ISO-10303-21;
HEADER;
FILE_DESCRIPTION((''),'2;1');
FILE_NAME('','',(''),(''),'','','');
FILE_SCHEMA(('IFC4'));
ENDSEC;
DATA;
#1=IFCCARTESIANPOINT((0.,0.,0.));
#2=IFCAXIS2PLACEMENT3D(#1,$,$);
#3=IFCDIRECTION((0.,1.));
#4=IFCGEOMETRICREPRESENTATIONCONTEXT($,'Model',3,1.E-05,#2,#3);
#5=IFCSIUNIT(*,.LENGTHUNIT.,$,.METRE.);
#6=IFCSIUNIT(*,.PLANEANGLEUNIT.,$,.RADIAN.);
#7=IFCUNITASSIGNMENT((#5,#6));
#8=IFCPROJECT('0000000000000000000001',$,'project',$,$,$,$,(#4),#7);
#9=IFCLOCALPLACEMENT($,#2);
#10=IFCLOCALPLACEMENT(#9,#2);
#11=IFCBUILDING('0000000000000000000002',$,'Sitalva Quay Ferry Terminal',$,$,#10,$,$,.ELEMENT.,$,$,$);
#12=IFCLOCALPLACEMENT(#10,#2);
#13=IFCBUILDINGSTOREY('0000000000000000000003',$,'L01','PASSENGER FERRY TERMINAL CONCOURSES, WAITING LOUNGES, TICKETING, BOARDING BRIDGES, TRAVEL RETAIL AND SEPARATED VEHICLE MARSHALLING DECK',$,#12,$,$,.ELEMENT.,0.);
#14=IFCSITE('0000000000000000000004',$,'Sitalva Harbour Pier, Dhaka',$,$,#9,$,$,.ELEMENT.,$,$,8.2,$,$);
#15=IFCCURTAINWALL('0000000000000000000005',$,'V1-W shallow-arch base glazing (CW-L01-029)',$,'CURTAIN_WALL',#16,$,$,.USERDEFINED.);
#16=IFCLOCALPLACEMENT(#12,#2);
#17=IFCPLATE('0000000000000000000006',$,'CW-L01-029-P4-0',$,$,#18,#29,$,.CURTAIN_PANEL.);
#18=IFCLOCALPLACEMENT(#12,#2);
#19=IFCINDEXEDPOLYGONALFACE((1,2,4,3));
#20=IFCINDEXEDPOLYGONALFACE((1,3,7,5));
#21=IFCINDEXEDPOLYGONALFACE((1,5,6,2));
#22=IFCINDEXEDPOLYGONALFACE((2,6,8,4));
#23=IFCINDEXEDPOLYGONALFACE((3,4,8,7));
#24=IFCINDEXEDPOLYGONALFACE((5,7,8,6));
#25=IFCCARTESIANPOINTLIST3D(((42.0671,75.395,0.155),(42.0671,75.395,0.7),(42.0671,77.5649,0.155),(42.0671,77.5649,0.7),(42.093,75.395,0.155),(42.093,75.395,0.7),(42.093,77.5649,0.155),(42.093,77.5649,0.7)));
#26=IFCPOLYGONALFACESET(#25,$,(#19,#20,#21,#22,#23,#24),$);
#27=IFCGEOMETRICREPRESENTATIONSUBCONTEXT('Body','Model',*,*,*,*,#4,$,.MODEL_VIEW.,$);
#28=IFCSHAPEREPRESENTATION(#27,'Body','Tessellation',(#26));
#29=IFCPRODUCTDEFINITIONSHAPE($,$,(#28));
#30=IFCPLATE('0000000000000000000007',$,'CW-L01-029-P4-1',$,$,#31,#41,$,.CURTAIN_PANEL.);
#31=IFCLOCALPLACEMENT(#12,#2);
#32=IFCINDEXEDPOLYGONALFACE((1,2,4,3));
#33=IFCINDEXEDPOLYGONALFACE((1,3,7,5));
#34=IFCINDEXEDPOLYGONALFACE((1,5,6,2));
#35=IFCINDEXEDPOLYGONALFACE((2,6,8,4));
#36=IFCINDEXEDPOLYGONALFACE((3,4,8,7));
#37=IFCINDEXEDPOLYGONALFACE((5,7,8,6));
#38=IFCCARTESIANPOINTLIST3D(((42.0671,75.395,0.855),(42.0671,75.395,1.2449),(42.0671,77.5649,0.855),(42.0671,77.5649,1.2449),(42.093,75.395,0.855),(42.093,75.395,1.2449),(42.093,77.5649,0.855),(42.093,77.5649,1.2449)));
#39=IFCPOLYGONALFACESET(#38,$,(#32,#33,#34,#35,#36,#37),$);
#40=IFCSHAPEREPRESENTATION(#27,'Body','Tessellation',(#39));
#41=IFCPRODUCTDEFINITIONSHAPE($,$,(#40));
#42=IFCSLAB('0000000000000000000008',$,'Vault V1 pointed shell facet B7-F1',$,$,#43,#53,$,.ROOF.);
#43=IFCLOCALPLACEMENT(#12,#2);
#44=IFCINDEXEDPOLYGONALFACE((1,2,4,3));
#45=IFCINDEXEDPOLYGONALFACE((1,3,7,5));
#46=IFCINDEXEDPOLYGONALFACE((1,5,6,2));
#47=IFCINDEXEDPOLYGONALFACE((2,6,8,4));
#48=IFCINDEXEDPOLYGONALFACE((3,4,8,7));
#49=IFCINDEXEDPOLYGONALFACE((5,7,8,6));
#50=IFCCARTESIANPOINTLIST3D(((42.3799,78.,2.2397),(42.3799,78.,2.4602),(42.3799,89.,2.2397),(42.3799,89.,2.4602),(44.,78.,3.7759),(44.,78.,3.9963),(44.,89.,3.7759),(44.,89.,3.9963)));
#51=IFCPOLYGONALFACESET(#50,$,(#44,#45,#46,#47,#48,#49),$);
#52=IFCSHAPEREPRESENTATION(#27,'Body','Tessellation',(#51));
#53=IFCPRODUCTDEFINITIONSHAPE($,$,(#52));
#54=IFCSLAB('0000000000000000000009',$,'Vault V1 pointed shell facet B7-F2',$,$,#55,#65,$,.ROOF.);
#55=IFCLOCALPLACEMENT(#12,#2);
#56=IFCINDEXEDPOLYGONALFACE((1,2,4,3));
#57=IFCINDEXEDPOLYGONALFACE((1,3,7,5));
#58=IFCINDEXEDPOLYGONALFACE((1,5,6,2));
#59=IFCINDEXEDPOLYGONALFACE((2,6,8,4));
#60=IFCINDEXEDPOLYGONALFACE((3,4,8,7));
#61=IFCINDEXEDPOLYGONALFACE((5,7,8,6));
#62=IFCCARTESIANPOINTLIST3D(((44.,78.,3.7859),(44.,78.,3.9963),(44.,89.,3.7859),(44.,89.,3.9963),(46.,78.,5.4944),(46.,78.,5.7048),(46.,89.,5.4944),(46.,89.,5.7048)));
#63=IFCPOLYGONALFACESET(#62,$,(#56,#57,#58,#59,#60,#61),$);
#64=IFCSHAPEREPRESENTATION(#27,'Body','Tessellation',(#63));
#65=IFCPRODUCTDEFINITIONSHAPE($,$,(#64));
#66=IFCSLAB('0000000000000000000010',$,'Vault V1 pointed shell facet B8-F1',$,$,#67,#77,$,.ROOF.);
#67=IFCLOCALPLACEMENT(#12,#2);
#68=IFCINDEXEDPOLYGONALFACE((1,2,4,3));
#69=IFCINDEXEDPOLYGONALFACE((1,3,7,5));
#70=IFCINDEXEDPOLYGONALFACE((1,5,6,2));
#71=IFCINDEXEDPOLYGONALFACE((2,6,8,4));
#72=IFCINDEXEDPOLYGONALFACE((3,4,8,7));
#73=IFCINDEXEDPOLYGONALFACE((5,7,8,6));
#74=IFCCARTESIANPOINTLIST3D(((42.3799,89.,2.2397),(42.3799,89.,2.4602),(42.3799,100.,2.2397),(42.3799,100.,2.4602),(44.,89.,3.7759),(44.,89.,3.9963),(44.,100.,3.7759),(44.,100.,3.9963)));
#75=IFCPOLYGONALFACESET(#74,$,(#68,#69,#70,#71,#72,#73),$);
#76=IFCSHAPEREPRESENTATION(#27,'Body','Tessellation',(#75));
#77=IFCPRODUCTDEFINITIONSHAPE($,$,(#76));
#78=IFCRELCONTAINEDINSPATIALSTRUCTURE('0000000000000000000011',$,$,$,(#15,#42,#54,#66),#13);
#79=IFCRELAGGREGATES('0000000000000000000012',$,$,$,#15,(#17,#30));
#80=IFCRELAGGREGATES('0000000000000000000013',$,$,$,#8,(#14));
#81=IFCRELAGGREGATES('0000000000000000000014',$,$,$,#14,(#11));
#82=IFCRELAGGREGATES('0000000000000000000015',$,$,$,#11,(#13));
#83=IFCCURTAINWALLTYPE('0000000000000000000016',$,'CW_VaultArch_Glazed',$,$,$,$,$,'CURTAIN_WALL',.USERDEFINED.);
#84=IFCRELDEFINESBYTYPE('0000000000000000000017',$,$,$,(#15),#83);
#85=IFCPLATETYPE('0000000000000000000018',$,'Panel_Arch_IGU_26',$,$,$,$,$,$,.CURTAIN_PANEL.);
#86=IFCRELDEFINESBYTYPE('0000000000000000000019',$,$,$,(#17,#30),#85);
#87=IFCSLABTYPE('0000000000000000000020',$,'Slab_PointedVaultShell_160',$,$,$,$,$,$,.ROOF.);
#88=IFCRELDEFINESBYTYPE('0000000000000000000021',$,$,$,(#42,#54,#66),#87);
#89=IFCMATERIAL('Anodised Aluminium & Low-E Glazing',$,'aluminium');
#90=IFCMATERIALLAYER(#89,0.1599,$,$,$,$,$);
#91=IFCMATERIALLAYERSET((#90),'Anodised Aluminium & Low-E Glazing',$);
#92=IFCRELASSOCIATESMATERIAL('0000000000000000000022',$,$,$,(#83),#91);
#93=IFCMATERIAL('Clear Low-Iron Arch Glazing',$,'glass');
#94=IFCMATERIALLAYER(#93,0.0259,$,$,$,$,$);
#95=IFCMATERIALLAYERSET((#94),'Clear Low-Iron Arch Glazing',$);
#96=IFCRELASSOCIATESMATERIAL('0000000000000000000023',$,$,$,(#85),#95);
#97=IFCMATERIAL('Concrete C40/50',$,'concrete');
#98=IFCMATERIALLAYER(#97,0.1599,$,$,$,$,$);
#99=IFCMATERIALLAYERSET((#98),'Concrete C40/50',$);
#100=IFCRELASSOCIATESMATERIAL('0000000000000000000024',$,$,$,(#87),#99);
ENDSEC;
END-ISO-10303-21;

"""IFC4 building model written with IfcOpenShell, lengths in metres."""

from ifc_helpers import new_model, si_unit, direction, frame, origin, origin_2d, place, context, subcontext, project, spatial, polyline, rectangle, outline, extrude, material, layer, layer_set, type_object, element, aggregate, save


model = new_model("IFC4")

# Units and contexts
model_context = context("Model", 3, precision=1e-05, world=origin(), true_north=direction((0.0, 1.0)))
body_context = subcontext(model_context, "Body", "Model", "MODEL_VIEW")
ifc_project = project(units=[si_unit("LENGTHUNIT", "METRE"), si_unit("PLANEANGLEUNIT", "RADIAN")], contexts=[model_context])

# Site, building, storey
site_placement = place(None, origin())
site = spatial("IfcSite", under=ifc_project, at=site_placement, Name="Sitalva Harbour Pier, Dhaka", CompositionType="ELEMENT", RefElevation=8.2)
building_placement = place(site_placement, origin())
building = spatial("IfcBuilding", under=site, at=building_placement, Name="Sitalva Quay Ferry Terminal", CompositionType="ELEMENT")
storey_placement = place(building_placement, origin())
storey = spatial("IfcBuildingStorey", under=building, at=storey_placement, Name="L01", Description="PASSENGER FERRY TERMINAL CONCOURSES, WAITING LOUNGES, TICKETING, BOARDING BRIDGES, TRAVEL RETAIL AND SEPARATED VEHICLE MARSHALLING DECK", CompositionType="ELEMENT", Elevation=0.0)

# Curtain wall, plates
ifc_material_1 = material(Name="Anodised Aluminium & Low-E Glazing", Category="aluminium")
ifc_layer_1 = layer(ifc_material_1, 0.1599)
ifc_layer_set_1 = layer_set([ifc_layer_1], Name="Anodised Aluminium & Low-E Glazing")
curtain_wall_type = type_object("IfcCurtainWallType", Name="CW_VaultArch_Glazed", ElementType="CURTAIN_WALL", PredefinedType="USERDEFINED", material=ifc_layer_set_1)
curtain_wall_placement = place(storey_placement, origin())
curtain_wall = element("IfcCurtainWall", 1, at=curtain_wall_placement, inside=storey, type_object=curtain_wall_type, Name="V1-W shallow-arch base glazing (CW-L01-029)", ObjectType="CURTAIN_WALL", PredefinedType="USERDEFINED")
ifc_material_2 = material(Name="Clear Low-Iron Arch Glazing", Category="glass")
ifc_layer_2 = layer(ifc_material_2, 0.0259)
ifc_layer_set_2 = layer_set([ifc_layer_2], Name="Clear Low-Iron Arch Glazing")
plate_type = type_object("IfcPlateType", Name="Panel_Arch_IGU_26", PredefinedType="CURTAIN_PANEL", material=ifc_layer_set_2)
plate_1_placement = place(storey_placement, frame((42.0801, 76.48, 0.155), z_axis=(0.0, 0.0, 1.0), x_axis=(0.0, 1.0, 0.0)))
plate_1 = element("IfcPlate", 2, at=plate_1_placement, type_object=plate_type, Name="CW-L01-029-P4-0", PredefinedType="CURTAIN_PANEL", context=body_context, shape_type="SweptSolid", body=[
    extrude(rectangle(XDim=2.1699, YDim=0.0259, at=origin_2d()), origin(), (0.0, 0.0, 1.0), 0.5449),
])
plate_2_placement = place(storey_placement, frame((42.0801, 76.48, 0.855), z_axis=(0.0, 0.0, 1.0), x_axis=(0.0, 1.0, 0.0)))
plate_2 = element("IfcPlate", 3, at=plate_2_placement, type_object=plate_type, Name="CW-L01-029-P4-1", PredefinedType="CURTAIN_PANEL", context=body_context, shape_type="SweptSolid", body=[
    extrude(rectangle(XDim=2.1699, YDim=0.0259, at=origin_2d()), origin(), (0.0, 0.0, 1.0), 0.3899),
])
aggregate(curtain_wall, [plate_1, plate_2])

# Slabs
ifc_material_3 = material(Name="Concrete C40/50", Category="concrete")
ifc_layer_3 = layer(ifc_material_3, 0.1599)
ifc_layer_set_3 = layer_set([ifc_layer_3], Name="Concrete C40/50")
slab_type = type_object("IfcSlabType", Name="Slab_PointedVaultShell_160", PredefinedType="ROOF", material=ifc_layer_set_3)
slab_1_placement = place(storey_placement, frame((42.3799, 78.0, 2.4602), z_axis=(-0.688048, 0.0, 0.725665), x_axis=(0.725665, 0.0, 0.688048)))
element("IfcSlab", 4, at=slab_1_placement, inside=storey, type_object=slab_type, Name="Vault V1 pointed shell facet B7-F1", PredefinedType="ROOF", context=body_context, shape_type="SweptSolid", body=[
    extrude(outline(polyline([(0.0, 0.0), (2.2326, 0.0), (2.2326, 11.0), (0.0, 11.0), (0.0, 0.0)])), origin(), (-0.688048, 0.0, -0.725665), 0.2205),
])
slab_2_placement = place(storey_placement, frame((44.0, 78.0, 3.9963), z_axis=(-0.649522, 0.0, 0.760343), x_axis=(0.760343, 0.0, 0.649522)))
element("IfcSlab", 5, at=slab_2_placement, inside=storey, type_object=slab_type, Name="Vault V1 pointed shell facet B7-F2", PredefinedType="ROOF", context=body_context, shape_type="SweptSolid", body=[
    extrude(outline(polyline([(0.0, 0.0), (2.6304, 0.0), (2.6304, 11.0), (0.0, 11.0), (0.0, 0.0)])), origin(), (-0.649522, 0.0, -0.760343), 0.2104),
])
slab_3_placement = place(storey_placement, frame((42.3799, 89.0, 2.4602), z_axis=(-0.688048, 0.0, 0.725665), x_axis=(0.725665, 0.0, 0.688048)))
element("IfcSlab", 6, at=slab_3_placement, inside=storey, type_object=slab_type, Name="Vault V1 pointed shell facet B8-F1", PredefinedType="ROOF", context=body_context, shape_type="SweptSolid", body=[
    extrude(outline(polyline([(0.0, 0.0), (2.2326, 0.0), (2.2326, 11.0), (0.0, 11.0), (0.0, 0.0)])), origin(), (-0.688048, 0.0, -0.725665), 0.2205),
])

save(model, "model.ifc")
